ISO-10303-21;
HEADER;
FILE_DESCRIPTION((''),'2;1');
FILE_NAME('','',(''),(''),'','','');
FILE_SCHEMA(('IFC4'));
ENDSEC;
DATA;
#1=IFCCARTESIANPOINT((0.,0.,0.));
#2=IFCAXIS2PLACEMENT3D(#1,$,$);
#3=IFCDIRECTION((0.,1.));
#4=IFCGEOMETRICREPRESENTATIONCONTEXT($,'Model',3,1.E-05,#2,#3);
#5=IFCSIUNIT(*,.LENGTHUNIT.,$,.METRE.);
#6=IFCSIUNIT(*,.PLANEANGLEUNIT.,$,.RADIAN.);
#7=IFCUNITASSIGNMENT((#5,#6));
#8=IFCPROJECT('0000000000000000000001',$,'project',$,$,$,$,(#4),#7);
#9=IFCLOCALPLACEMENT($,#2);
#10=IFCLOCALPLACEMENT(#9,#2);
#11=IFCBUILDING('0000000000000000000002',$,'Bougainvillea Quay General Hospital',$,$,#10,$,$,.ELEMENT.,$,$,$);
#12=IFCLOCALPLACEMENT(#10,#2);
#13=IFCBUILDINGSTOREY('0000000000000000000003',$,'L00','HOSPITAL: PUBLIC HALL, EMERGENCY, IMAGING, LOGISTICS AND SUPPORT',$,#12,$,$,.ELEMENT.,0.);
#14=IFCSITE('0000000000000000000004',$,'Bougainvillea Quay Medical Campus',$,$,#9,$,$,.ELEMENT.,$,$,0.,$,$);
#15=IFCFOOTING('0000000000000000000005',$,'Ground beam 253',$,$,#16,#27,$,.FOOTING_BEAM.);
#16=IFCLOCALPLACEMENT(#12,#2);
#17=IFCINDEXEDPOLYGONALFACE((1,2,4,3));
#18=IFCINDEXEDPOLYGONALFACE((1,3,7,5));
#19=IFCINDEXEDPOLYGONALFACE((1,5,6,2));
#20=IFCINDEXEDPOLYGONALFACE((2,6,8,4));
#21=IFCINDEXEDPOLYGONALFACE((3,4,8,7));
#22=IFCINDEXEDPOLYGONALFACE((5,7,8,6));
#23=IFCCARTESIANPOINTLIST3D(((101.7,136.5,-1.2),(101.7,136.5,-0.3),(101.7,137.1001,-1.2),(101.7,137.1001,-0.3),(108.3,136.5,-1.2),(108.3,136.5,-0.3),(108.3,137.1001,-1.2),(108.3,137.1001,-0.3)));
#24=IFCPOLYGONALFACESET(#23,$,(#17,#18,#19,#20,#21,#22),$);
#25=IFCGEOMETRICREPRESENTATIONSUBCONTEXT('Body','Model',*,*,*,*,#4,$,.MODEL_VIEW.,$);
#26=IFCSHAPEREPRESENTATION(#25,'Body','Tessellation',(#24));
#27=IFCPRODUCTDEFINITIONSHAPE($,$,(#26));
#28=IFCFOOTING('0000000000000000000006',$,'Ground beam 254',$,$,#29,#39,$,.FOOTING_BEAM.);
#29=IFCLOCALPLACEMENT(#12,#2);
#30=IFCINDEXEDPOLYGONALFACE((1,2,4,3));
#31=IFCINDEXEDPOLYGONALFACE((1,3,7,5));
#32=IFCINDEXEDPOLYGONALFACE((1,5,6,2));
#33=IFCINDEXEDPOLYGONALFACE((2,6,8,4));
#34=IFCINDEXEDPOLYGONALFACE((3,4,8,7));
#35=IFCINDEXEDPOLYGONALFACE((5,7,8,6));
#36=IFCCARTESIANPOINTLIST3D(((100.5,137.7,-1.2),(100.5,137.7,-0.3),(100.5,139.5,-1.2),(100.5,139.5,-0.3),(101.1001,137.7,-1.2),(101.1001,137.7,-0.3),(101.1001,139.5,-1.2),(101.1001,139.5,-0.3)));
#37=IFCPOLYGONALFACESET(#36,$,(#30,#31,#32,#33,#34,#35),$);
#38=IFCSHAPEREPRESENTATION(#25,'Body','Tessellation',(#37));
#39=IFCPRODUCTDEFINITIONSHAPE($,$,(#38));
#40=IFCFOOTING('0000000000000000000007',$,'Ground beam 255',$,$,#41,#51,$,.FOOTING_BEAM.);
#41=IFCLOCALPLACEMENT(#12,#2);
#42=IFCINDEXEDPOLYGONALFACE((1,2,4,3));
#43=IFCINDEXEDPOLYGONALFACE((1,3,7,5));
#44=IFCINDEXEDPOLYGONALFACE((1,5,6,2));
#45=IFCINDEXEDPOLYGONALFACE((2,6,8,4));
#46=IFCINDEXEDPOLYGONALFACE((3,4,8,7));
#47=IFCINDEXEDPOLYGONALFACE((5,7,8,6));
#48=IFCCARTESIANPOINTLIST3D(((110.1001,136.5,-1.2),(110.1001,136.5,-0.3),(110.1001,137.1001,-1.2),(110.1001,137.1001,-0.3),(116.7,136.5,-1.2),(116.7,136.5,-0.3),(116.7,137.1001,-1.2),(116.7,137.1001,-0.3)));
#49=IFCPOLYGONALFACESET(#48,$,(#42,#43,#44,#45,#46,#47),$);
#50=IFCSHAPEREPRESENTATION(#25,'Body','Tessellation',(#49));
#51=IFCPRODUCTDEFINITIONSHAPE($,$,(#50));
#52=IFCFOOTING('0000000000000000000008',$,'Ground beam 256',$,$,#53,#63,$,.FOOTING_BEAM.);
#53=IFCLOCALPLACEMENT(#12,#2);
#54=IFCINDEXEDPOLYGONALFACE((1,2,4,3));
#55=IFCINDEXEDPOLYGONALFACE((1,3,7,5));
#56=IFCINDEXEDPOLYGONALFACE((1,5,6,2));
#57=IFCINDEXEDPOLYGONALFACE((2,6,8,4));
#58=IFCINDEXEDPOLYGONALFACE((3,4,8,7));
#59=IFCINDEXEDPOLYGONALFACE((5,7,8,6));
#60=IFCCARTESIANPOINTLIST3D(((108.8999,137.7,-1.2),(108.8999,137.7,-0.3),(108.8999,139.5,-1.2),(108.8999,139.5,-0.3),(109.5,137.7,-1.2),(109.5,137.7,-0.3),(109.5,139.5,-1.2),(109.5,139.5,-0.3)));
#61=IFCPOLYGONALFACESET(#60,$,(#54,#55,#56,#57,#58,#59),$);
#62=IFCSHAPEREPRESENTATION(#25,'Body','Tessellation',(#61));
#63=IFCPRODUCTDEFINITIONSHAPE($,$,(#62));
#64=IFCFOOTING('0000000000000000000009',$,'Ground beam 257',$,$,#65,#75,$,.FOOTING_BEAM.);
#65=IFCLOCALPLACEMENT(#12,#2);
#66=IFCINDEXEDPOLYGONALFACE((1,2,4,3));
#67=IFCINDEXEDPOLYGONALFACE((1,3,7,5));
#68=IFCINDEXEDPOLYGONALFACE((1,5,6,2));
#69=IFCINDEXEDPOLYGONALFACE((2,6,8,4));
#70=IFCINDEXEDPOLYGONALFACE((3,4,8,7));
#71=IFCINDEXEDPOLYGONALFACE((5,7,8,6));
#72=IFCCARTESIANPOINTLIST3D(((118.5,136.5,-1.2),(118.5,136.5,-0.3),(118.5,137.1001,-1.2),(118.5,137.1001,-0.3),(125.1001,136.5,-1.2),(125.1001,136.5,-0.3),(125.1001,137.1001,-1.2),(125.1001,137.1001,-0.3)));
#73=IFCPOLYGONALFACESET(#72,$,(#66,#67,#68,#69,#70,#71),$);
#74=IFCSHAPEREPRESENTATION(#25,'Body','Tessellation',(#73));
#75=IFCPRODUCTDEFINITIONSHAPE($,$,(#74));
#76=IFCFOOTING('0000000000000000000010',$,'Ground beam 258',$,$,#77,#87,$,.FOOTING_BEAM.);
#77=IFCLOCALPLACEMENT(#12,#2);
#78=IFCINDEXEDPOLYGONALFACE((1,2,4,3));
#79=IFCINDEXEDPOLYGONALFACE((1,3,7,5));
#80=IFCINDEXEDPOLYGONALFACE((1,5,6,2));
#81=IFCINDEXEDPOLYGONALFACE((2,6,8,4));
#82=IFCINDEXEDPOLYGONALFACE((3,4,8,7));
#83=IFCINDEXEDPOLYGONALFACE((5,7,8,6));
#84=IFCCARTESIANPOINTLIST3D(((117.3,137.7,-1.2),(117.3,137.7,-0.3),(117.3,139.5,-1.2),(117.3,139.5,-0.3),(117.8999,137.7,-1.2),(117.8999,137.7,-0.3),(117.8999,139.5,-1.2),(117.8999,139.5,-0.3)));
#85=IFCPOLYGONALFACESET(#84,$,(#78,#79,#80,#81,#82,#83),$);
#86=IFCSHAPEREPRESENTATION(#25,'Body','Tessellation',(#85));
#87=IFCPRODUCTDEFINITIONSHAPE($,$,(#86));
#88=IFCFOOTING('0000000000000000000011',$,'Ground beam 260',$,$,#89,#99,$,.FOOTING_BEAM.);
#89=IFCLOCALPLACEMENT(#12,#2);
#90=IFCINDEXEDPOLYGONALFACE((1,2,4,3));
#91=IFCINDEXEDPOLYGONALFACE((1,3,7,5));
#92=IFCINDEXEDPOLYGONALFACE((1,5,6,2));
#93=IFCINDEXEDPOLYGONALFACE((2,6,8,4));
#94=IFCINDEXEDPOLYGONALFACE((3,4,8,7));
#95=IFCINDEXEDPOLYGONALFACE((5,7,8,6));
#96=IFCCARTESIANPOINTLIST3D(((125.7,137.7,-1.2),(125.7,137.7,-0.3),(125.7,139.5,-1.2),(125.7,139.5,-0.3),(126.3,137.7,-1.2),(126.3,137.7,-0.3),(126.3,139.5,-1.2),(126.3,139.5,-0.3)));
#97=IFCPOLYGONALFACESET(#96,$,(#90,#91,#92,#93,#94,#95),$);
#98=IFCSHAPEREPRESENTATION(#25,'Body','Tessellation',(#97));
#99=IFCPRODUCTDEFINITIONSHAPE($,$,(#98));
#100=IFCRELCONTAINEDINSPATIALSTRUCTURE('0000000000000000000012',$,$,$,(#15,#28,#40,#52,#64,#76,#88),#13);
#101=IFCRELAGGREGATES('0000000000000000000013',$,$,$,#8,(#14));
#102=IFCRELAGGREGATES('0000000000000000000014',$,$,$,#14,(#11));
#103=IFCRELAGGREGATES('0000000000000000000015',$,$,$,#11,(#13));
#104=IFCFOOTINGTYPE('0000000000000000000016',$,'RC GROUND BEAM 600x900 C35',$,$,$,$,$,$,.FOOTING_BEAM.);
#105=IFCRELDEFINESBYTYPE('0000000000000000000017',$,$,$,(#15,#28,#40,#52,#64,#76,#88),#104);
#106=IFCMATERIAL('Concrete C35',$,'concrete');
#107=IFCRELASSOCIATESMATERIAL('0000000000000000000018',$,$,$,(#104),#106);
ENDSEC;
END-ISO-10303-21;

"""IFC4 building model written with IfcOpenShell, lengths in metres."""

from ifc_helpers import new_model, si_unit, direction, frame, origin, origin_2d, place, context, subcontext, project, spatial, polyline, rectangle, outline, extrude, material, material_profile, profile_set, type_object, element, save


model = new_model("IFC4")

# Units and contexts
model_context = context("Model", 3, precision=1e-05, world=origin(), true_north=direction((0.0, 1.0)))
body_context = subcontext(model_context, "Body", "Model", "MODEL_VIEW")
ifc_project = project(units=[si_unit("LENGTHUNIT", "METRE"), si_unit("PLANEANGLEUNIT", "RADIAN")], contexts=[model_context])

# Site, building, storey
site_placement = place(None, origin())
site = spatial("IfcSite", under=ifc_project, at=site_placement, Name="Bougainvillea Quay Medical Campus", CompositionType="ELEMENT", RefElevation=0.0)
building_placement = place(site_placement, origin())
building = spatial("IfcBuilding", under=site, at=building_placement, Name="Bougainvillea Quay General Hospital", CompositionType="ELEMENT")
storey_placement = place(building_placement, origin())
storey = spatial("IfcBuildingStorey", under=building, at=storey_placement, Name="L00", Description="HOSPITAL: PUBLIC HALL, EMERGENCY, IMAGING, LOGISTICS AND SUPPORT", CompositionType="ELEMENT", Elevation=0.0)

# Footings
ifc_material = material(Name="Concrete C35", Category="concrete")
ifc_material_profile = material_profile(ifc_material, rectangle(XDim=0.6001, YDim=0.8999, at=origin_2d()))
ifc_profile_set = profile_set([ifc_material_profile], Name="Concrete C35")
footing_type = type_object("IfcFootingType", Name="RC GROUND BEAM 600x900 C35", PredefinedType="FOOTING_BEAM", material=ifc_profile_set)
footing_1_placement = place(storey_placement, frame((0.0, 0.0, -1.2)))
element("IfcFooting", 1, at=footing_1_placement, inside=storey, type_object=footing_type, Name="Ground beam 253", PredefinedType="FOOTING_BEAM", context=body_context, shape_type="SweptSolid", body=[
    extrude(outline(polyline([(101.7, 137.1001), (108.3, 137.1001), (108.3, 136.5), (101.7, 136.5), (101.7, 137.1001)])), origin(), (0.0, 0.0, 1.0), 0.8999),
])
footing_2_placement = place(storey_placement, frame((0.0, 0.0, -1.2)))
element("IfcFooting", 2, at=footing_2_placement, inside=storey, type_object=footing_type, Name="Ground beam 254", PredefinedType="FOOTING_BEAM", context=body_context, shape_type="SweptSolid", body=[
    extrude(outline(polyline([(100.5, 137.7), (100.5, 139.5), (101.1001, 139.5), (101.1001, 137.7), (100.5, 137.7)])), origin(), (0.0, 0.0, 1.0), 0.8999),
])
footing_3_placement = place(storey_placement, frame((0.0, 0.0, -1.2)))
element("IfcFooting", 3, at=footing_3_placement, inside=storey, type_object=footing_type, Name="Ground beam 255", PredefinedType="FOOTING_BEAM", context=body_context, shape_type="SweptSolid", body=[
    extrude(outline(polyline([(110.1001, 137.1001), (116.7, 137.1001), (116.7, 136.5), (110.1001, 136.5), (110.1001, 137.1001)])), origin(), (0.0, 0.0, 1.0), 0.8999),
])
footing_4_placement = place(storey_placement, frame((0.0, 0.0, -1.2)))
element("IfcFooting", 4, at=footing_4_placement, inside=storey, type_object=footing_type, Name="Ground beam 256", PredefinedType="FOOTING_BEAM", context=body_context, shape_type="SweptSolid", body=[
    extrude(outline(polyline([(108.8999, 137.7), (108.8999, 139.5), (109.5, 139.5), (109.5, 137.7), (108.8999, 137.7)])), origin(), (0.0, 0.0, 1.0), 0.8999),
])
footing_5_placement = place(storey_placement, frame((0.0, 0.0, -1.2)))
element("IfcFooting", 5, at=footing_5_placement, inside=storey, type_object=footing_type, Name="Ground beam 257", PredefinedType="FOOTING_BEAM", context=body_context, shape_type="SweptSolid", body=[
    extrude(outline(polyline([(118.5, 137.1001), (125.1001, 137.1001), (125.1001, 136.5), (118.5, 136.5), (118.5, 137.1001)])), origin(), (0.0, 0.0, 1.0), 0.8999),
])
footing_6_placement = place(storey_placement, frame((0.0, 0.0, -1.2)))
element("IfcFooting", 6, at=footing_6_placement, inside=storey, type_object=footing_type, Name="Ground beam 258", PredefinedType="FOOTING_BEAM", context=body_context, shape_type="SweptSolid", body=[
    extrude(outline(polyline([(117.3, 137.7), (117.3, 139.5), (117.8999, 139.5), (117.8999, 137.7), (117.3, 137.7)])), origin(), (0.0, 0.0, 1.0), 0.8999),
])
footing_7_placement = place(storey_placement, frame((0.0, 0.0, -1.2)))
element("IfcFooting", 7, at=footing_7_placement, inside=storey, type_object=footing_type, Name="Ground beam 260", PredefinedType="FOOTING_BEAM", context=body_context, shape_type="SweptSolid", body=[
    extrude(outline(polyline([(125.7, 137.7), (125.7, 139.5), (126.3, 139.5), (126.3, 137.7), (125.7, 137.7)])), origin(), (0.0, 0.0, 1.0), 0.8999),
])

save(model, "model.ifc")
